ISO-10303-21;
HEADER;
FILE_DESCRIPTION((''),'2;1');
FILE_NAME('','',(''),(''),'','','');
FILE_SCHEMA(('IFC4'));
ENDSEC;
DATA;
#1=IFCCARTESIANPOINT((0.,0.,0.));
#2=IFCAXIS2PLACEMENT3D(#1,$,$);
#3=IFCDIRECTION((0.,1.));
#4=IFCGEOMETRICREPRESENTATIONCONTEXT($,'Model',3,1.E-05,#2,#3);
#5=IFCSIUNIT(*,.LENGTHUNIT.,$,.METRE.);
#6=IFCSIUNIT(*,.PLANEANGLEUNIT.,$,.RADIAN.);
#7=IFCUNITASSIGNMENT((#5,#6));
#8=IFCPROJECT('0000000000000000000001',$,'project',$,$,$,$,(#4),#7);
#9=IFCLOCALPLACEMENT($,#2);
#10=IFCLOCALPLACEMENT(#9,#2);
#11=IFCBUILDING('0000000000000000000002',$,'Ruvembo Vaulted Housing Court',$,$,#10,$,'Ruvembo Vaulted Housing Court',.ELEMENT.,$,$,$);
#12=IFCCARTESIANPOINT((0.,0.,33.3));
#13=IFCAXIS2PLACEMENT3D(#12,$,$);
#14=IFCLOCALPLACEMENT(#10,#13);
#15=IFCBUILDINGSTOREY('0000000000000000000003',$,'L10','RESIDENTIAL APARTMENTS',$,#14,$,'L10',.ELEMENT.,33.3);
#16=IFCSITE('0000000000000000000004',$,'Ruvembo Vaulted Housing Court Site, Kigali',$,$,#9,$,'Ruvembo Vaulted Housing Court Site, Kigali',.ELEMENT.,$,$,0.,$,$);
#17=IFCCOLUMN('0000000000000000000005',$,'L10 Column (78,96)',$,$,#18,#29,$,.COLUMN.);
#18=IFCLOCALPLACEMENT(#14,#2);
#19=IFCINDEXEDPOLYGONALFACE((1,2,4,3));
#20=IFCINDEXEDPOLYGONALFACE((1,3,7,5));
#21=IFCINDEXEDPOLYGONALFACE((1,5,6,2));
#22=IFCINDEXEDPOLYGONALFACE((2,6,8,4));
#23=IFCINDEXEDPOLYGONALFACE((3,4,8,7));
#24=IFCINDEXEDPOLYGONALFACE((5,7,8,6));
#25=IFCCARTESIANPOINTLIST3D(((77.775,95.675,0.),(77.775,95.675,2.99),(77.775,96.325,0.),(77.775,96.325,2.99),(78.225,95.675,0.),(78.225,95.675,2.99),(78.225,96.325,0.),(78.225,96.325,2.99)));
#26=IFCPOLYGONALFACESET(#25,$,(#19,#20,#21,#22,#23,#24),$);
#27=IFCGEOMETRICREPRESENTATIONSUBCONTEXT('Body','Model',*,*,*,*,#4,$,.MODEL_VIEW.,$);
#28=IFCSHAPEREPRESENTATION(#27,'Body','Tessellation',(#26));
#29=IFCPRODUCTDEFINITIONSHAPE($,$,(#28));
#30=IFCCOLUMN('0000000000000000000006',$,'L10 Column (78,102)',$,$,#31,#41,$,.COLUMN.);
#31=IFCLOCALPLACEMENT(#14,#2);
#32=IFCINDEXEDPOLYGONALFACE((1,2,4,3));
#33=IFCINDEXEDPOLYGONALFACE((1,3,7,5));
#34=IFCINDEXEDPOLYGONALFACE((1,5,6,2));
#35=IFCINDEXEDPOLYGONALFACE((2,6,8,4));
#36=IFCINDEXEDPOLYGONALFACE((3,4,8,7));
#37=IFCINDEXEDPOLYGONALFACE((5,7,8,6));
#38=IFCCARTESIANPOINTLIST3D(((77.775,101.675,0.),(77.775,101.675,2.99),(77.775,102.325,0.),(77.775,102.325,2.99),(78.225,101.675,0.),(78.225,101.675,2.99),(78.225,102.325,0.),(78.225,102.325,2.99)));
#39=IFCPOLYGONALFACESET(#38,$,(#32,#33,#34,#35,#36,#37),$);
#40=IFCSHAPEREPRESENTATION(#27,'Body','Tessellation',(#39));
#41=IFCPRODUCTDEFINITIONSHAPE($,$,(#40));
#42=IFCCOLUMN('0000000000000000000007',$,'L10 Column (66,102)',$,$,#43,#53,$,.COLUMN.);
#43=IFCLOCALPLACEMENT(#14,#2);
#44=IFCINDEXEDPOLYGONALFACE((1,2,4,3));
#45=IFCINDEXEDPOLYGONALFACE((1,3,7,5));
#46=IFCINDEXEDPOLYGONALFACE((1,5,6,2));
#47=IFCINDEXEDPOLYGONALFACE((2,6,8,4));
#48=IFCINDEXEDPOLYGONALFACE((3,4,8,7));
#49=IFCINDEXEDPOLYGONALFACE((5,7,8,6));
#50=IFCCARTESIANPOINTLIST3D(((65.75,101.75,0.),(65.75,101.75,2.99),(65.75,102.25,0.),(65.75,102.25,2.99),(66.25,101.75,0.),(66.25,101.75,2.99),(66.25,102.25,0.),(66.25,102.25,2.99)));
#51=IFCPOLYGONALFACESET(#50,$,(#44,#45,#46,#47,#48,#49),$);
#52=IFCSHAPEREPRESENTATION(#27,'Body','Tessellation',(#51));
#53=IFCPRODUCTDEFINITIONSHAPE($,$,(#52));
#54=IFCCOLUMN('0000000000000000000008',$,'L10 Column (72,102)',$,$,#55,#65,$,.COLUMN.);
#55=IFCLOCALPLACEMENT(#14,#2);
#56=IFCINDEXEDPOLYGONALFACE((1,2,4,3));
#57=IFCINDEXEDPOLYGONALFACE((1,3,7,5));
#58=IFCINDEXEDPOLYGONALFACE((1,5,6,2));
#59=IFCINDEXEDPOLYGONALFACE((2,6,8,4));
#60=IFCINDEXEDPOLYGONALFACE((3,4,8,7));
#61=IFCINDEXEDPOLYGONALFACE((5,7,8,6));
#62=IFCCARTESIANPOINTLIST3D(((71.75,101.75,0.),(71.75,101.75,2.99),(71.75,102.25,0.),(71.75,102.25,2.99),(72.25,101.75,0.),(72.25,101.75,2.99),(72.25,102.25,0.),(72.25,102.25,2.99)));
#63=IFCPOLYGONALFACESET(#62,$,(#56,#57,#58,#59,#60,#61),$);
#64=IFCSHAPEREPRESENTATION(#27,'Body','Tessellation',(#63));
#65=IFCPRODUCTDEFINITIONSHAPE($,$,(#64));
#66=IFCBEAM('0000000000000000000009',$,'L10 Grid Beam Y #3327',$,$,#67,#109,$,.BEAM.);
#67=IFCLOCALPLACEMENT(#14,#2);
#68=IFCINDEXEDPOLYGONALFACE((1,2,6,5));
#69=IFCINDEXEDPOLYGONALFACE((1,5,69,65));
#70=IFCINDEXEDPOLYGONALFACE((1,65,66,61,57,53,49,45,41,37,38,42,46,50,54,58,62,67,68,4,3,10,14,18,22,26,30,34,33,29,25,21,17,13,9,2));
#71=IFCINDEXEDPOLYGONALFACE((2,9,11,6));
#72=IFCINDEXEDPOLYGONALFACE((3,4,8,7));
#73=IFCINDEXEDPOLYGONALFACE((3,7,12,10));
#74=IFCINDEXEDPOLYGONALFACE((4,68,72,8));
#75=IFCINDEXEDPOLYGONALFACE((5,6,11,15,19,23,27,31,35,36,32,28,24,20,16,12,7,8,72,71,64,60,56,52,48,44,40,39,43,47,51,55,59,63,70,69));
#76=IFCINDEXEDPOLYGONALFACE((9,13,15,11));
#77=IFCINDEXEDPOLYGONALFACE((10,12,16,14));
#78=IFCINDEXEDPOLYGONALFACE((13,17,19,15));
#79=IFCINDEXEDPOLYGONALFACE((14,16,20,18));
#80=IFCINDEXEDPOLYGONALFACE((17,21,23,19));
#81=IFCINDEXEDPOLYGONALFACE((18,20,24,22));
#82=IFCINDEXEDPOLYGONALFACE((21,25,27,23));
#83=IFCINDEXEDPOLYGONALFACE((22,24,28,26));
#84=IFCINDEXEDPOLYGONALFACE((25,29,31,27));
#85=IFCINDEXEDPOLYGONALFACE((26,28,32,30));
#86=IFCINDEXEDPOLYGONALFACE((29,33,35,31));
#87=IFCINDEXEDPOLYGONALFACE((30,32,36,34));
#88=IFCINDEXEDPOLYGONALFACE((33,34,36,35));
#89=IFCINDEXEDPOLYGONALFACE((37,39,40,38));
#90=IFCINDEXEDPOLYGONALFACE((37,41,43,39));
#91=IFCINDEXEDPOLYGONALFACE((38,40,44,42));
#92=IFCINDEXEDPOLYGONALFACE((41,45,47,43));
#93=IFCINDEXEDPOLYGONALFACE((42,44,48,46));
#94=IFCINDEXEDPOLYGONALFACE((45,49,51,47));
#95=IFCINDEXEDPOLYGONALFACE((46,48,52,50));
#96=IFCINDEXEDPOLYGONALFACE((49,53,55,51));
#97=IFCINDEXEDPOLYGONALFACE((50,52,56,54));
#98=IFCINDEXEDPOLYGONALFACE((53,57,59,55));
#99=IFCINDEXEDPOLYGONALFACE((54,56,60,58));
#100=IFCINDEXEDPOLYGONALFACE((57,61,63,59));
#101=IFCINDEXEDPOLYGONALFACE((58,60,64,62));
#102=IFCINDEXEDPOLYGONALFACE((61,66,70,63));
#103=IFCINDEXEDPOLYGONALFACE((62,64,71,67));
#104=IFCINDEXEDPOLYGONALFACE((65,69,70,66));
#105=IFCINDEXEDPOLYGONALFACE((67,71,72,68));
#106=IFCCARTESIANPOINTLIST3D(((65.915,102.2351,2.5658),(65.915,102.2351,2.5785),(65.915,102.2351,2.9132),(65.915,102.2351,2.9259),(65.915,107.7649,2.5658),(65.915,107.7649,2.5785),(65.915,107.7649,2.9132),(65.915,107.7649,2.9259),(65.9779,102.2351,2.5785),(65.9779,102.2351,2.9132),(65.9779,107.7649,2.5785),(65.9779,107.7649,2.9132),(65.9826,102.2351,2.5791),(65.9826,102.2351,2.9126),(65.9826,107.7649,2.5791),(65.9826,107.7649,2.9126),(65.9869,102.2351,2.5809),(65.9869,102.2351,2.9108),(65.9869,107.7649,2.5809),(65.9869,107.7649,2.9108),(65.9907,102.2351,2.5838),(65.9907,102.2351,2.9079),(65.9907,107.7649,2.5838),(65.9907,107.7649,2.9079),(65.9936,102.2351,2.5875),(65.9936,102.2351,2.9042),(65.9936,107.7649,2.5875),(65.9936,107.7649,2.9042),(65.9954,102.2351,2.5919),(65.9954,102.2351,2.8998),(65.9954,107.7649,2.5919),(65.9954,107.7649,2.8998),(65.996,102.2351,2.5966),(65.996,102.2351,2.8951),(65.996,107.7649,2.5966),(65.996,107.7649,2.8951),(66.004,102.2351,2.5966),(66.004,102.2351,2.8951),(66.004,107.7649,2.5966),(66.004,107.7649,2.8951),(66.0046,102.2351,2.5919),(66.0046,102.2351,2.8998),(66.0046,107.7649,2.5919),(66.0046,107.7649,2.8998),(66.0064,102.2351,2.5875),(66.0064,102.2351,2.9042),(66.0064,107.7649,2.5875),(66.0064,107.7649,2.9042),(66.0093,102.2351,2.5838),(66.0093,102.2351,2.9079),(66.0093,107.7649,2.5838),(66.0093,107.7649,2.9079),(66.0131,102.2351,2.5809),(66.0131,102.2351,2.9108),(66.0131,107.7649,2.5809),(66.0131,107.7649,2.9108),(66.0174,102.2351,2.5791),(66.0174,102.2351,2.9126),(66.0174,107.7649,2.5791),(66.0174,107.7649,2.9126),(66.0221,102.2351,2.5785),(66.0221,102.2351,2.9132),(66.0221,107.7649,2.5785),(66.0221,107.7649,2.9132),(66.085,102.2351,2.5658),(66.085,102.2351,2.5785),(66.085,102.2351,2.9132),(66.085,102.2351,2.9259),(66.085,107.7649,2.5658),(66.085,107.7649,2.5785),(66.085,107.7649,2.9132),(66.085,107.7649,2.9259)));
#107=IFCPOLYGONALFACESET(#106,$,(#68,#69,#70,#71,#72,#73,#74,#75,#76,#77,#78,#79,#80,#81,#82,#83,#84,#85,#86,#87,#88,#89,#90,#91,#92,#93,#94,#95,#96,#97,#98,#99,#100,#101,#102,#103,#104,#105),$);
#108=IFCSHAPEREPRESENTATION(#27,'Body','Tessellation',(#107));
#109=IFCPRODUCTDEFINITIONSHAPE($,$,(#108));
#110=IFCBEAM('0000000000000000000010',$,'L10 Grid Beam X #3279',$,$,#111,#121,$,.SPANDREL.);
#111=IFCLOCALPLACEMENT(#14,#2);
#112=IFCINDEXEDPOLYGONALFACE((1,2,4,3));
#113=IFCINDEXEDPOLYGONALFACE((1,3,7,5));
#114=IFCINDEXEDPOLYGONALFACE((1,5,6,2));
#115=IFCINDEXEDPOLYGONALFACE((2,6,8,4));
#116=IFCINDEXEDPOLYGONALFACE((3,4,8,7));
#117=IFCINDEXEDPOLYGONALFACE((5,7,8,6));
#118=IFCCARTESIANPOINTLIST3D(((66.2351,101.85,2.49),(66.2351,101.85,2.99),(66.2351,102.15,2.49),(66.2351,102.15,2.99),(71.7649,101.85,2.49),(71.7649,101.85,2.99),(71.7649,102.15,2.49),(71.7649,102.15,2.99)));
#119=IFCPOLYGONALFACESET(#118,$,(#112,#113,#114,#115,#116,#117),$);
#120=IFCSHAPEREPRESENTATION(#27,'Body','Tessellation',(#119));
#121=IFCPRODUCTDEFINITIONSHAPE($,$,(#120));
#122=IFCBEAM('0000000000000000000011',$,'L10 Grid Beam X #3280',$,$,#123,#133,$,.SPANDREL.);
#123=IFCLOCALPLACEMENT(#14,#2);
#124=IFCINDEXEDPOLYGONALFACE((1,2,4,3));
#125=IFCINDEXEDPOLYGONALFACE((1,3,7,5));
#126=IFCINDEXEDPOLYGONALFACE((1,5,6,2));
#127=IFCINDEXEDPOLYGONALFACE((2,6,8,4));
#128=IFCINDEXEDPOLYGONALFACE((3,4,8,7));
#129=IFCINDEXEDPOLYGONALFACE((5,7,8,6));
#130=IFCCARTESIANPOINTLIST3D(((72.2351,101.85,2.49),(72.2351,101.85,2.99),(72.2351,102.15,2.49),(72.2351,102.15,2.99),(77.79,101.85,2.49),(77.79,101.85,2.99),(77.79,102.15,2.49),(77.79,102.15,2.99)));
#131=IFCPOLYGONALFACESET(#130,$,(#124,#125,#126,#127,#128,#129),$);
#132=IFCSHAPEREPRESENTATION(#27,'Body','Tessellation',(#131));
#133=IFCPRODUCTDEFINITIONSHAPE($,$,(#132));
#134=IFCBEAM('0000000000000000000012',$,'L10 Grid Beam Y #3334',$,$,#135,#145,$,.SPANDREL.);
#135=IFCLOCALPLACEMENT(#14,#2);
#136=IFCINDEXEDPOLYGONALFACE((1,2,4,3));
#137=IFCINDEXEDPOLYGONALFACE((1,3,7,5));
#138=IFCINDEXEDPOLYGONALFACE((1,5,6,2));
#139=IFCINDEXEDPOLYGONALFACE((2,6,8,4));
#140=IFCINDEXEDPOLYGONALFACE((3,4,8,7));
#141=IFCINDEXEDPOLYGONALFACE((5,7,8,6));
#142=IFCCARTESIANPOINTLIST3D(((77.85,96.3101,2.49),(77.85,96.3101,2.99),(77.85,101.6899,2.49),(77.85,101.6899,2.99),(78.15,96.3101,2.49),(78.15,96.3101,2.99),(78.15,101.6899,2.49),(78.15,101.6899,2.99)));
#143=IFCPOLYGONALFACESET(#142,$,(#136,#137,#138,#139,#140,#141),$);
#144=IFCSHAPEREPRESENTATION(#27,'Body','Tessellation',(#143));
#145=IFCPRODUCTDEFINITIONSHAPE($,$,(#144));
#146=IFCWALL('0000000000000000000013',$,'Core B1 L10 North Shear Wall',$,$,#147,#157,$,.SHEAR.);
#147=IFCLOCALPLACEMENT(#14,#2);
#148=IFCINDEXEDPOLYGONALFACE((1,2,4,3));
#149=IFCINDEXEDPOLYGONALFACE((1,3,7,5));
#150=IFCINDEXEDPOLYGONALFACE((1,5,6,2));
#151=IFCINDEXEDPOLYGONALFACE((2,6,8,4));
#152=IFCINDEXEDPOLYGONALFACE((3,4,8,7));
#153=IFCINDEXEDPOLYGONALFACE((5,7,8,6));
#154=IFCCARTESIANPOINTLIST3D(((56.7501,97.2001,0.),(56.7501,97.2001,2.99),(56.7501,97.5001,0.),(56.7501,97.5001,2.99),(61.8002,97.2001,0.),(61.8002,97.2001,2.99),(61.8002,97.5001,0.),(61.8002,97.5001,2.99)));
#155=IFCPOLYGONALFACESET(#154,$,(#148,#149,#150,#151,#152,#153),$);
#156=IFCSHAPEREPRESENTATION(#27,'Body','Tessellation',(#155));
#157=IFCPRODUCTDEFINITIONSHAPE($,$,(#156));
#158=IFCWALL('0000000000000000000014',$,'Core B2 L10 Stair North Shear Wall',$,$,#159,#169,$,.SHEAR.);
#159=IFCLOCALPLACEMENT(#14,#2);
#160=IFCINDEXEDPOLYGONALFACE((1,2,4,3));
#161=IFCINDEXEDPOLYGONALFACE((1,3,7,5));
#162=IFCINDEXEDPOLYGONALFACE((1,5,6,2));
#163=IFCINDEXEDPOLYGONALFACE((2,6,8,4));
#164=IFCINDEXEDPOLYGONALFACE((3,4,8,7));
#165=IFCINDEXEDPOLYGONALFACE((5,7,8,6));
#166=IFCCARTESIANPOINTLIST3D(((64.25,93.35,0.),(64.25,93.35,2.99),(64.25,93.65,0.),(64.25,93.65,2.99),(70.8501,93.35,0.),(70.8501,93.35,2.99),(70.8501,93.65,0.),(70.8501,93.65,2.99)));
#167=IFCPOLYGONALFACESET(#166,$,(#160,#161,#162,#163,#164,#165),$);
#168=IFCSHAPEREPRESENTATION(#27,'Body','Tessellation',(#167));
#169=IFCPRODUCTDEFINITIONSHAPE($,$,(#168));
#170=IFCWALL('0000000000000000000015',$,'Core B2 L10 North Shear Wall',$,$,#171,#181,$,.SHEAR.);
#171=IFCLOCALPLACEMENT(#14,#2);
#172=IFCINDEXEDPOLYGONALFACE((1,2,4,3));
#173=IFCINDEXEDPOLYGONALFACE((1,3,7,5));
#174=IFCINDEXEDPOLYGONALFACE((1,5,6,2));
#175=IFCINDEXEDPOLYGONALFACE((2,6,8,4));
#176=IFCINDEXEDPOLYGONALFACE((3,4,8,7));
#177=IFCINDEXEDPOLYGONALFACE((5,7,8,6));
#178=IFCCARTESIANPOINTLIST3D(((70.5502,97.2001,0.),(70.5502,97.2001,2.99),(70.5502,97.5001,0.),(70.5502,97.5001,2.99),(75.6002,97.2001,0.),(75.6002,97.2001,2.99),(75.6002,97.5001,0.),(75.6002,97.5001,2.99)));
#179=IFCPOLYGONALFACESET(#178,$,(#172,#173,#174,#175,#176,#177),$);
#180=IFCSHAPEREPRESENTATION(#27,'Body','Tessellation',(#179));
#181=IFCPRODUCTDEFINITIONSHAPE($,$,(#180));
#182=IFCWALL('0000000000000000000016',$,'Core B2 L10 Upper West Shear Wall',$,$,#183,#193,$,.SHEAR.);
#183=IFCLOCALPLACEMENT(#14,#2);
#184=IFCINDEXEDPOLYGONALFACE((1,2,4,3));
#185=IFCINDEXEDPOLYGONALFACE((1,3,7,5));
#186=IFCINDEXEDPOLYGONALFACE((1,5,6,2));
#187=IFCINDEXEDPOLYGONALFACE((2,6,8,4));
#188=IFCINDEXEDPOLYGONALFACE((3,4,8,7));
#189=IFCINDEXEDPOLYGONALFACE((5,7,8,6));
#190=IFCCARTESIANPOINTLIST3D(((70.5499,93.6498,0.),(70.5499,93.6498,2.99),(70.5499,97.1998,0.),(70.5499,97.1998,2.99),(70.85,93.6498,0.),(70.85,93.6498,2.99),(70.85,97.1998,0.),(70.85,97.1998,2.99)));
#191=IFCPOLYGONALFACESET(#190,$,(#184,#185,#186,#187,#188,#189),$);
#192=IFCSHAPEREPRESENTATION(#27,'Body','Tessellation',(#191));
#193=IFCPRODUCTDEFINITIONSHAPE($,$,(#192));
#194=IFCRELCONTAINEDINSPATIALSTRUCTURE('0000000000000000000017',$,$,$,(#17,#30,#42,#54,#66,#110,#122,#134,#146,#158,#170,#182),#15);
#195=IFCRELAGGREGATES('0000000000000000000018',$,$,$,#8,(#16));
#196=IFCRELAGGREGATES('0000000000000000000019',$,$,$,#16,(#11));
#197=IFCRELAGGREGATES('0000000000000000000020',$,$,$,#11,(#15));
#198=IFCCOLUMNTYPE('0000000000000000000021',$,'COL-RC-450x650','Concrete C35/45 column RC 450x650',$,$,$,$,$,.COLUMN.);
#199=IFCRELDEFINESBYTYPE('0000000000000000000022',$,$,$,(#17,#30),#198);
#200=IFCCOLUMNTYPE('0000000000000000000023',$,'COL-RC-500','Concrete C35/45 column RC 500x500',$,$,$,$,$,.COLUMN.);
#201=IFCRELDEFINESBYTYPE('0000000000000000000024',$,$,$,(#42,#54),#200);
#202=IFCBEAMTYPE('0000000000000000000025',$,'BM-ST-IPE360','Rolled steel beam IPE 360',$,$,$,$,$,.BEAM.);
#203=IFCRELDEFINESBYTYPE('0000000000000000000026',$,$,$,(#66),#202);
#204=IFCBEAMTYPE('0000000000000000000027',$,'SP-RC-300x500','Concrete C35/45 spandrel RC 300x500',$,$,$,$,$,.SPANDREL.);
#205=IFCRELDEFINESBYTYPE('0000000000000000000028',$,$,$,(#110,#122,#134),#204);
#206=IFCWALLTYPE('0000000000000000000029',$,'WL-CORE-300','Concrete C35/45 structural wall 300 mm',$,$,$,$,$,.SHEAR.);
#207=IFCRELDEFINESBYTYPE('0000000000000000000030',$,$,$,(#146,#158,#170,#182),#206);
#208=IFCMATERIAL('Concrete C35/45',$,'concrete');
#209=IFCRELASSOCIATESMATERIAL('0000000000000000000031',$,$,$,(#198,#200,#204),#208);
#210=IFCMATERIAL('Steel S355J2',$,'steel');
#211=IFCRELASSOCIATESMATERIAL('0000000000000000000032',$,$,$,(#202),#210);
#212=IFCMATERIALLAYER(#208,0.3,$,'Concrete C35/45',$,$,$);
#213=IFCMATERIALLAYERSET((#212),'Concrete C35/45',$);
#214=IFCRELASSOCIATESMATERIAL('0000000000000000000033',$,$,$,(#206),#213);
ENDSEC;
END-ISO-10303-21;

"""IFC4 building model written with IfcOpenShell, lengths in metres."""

from ifc_helpers import new_model, si_unit, direction, frame, frame_2d, origin, origin_2d, place, context, subcontext, project, spatial, rectangle, i_section, extrude, material, layer, layer_set, material_profile, profile_set, type_object, element, save


model = new_model("IFC4")

# Units and contexts
model_context = context("Model", 3, precision=1e-05, world=origin(), true_north=direction((0.0, 1.0)))
body_context = subcontext(model_context, "Body", "Model", "MODEL_VIEW")
ifc_project = project(units=[si_unit("LENGTHUNIT", "METRE"), si_unit("PLANEANGLEUNIT", "RADIAN")], contexts=[model_context])

# Site, building, storey
site_placement = place(None, origin())
site = spatial("IfcSite", under=ifc_project, at=site_placement, Name="Ruvembo Vaulted Housing Court Site, Kigali", LongName="Ruvembo Vaulted Housing Court Site, Kigali", CompositionType="ELEMENT", RefElevation=0.0)
building_placement = place(site_placement, origin())
building = spatial("IfcBuilding", under=site, at=building_placement, Name="Ruvembo Vaulted Housing Court", LongName="Ruvembo Vaulted Housing Court", CompositionType="ELEMENT")
storey_placement = place(building_placement, frame((0.0, 0.0, 33.3)))
storey = spatial("IfcBuildingStorey", under=building, at=storey_placement, Name="L10", Description="RESIDENTIAL APARTMENTS", LongName="L10", CompositionType="ELEMENT", Elevation=33.3)

# Columns
ifc_material_1 = material(Name="Concrete C35/45", Category="concrete")
ifc_material_profile_1 = material_profile(ifc_material_1, rectangle(XDim=0.45, YDim=0.6499, at=origin_2d()), Name="RC 450x650")
ifc_profile_set_1 = profile_set([ifc_material_profile_1], Name="Concrete C35/45")
column_type_1 = type_object("IfcColumnType", Name="COL-RC-450x650", Description="Concrete C35/45 column RC 450x650", PredefinedType="COLUMN", material=ifc_profile_set_1)
for number, where, z_axis, x_axis, name in (
    (1, (78.0, 96.0, 0.0), (0.0, 0.0, 1.0), (1.0, 0.0, 0.0), "L10 Column (78,96)"),
    (2, (78.0, 102.0, 0.0), (0.0, 0.0, 1.0), (1.0, 0.0, 0.0), "L10 Column (78,102)"),
):
    element("IfcColumn", number, at=place(storey_placement, frame(where, z_axis=z_axis, x_axis=x_axis)), inside=storey, type_object=column_type_1, Name=name, PredefinedType="COLUMN", context=body_context, shape_type="SweptSolid", body=[
        extrude(rectangle(XDim=0.45, YDim=0.6499, at=origin_2d()), origin(), (0.0, 0.0, 1.0), 2.99),
    ])
ifc_material_profile_2 = material_profile(ifc_material_1, rectangle(XDim=0.5, YDim=0.5, at=origin_2d()), Name="RC 500x500")
ifc_profile_set_2 = profile_set([ifc_material_profile_2], Name="Concrete C35/45")
column_type_2 = type_object("IfcColumnType", Name="COL-RC-500", Description="Concrete C35/45 column RC 500x500", PredefinedType="COLUMN", material=ifc_profile_set_2)
for number, where, z_axis, x_axis, name in (
    (3, (66.0, 102.0, 0.0), (0.0, 0.0, 1.0), (1.0, 0.0, 0.0), "L10 Column (66,102)"),
    (4, (72.0, 102.0, 0.0), (0.0, 0.0, 1.0), (1.0, 0.0, 0.0), "L10 Column (72,102)"),
):
    element("IfcColumn", number, at=place(storey_placement, frame(where, z_axis=z_axis, x_axis=x_axis)), inside=storey, type_object=column_type_2, Name=name, PredefinedType="COLUMN", context=body_context, shape_type="SweptSolid", body=[
        extrude(rectangle(XDim=0.5, YDim=0.5, at=origin_2d()), origin(), (0.0, 0.0, 1.0), 2.99),
    ])

# Beams
ifc_material_2 = material(Name="Steel S355J2", Category="steel")
ifc_material_profile_3 = material_profile(ifc_material_2, i_section(OverallWidth=0.1699, OverallDepth=0.3601, WebThickness=0.0081, FlangeThickness=0.0127, FilletRadius=0.0181, at=origin_2d()), Name="IPE 360")
ifc_profile_set_3 = profile_set([ifc_material_profile_3], Name="Steel S355J2")
beam_type_1 = type_object("IfcBeamType", Name="BM-ST-IPE360", Description="Rolled steel beam IPE 360", PredefinedType="BEAM", material=ifc_profile_set_3)
beam_1_placement = place(storey_placement, frame((66.0, 102.2351, 2.7458), z_axis=(0.0, 1.0, 0.0), x_axis=(-1.0, 0.0, 0.0)))
element("IfcBeam", 5, at=beam_1_placement, inside=storey, type_object=beam_type_1, Name="L10 Grid Beam Y #3327", PredefinedType="BEAM", context=body_context, shape_type="SweptSolid", body=[
    extrude(i_section(OverallWidth=0.1699, OverallDepth=0.3601, WebThickness=0.0081, FlangeThickness=0.0127, FilletRadius=0.0181, at=origin_2d()), origin(), (0.0, 0.0, 1.0), 5.5298),
])
ifc_material_profile_4 = material_profile(ifc_material_1, rectangle(XDim=0.3, YDim=0.5, at=origin_2d()), Name="RC 300x500")
ifc_profile_set_4 = profile_set([ifc_material_profile_4], Name="Concrete C35/45")
beam_type_2 = type_object("IfcBeamType", Name="SP-RC-300x500", Description="Concrete C35/45 spandrel RC 300x500", PredefinedType="SPANDREL", material=ifc_profile_set_4)
beam_2_placement = place(storey_placement, frame((66.2351, 102.0, 2.74), z_axis=(1.0, 0.0, 0.0), x_axis=(0.0, 1.0, 0.0)))
element("IfcBeam", 6, at=beam_2_placement, inside=storey, type_object=beam_type_2, Name="L10 Grid Beam X #3279", PredefinedType="SPANDREL", context=body_context, shape_type="SweptSolid", body=[
    extrude(rectangle(XDim=0.3, YDim=0.5, at=origin_2d()), origin(), (0.0, 0.0, 1.0), 5.5298),
])
beam_3_placement = place(storey_placement, frame((72.2351, 102.0, 2.74), z_axis=(1.0, 0.0, 0.0), x_axis=(0.0, 1.0, 0.0)))
element("IfcBeam", 7, at=beam_3_placement, inside=storey, type_object=beam_type_2, Name="L10 Grid Beam X #3280", PredefinedType="SPANDREL", context=body_context, shape_type="SweptSolid", body=[
    extrude(rectangle(XDim=0.3, YDim=0.5, at=origin_2d()), origin(), (0.0, 0.0, 1.0), 5.5549),
])
beam_4_placement = place(storey_placement, frame((78.0, 96.3101, 2.74), z_axis=(0.0, 1.0, 0.0), x_axis=(-1.0, 0.0, 0.0)))
element("IfcBeam", 8, at=beam_4_placement, inside=storey, type_object=beam_type_2, Name="L10 Grid Beam Y #3334", PredefinedType="SPANDREL", context=body_context, shape_type="SweptSolid", body=[
    extrude(rectangle(XDim=0.3, YDim=0.5, at=origin_2d()), origin(), (0.0, 0.0, 1.0), 5.3799),
])

# Walls
ifc_layer_1 = layer(ifc_material_1, 0.3, Name="Concrete C35/45")
ifc_layer_set_1 = layer_set([ifc_layer_1], Name="Concrete C35/45")
wall_type_1 = type_object("IfcWallType", Name="WL-CORE-300", Description="Concrete C35/45 structural wall 300 mm", PredefinedType="SHEAR", material=ifc_layer_set_1)
wall_1_placement = place(storey_placement, frame((61.8, 97.3501, 0.0), z_axis=(0.0, 0.0, 1.0), x_axis=(-1.0, 0.0, 0.0)))
element("IfcWall", 9, at=wall_1_placement, inside=storey, type_object=wall_type_1, Name="Core B1 L10 North Shear Wall", PredefinedType="SHEAR", context=body_context, shape_type="SweptSolid", body=[
    extrude(rectangle(XDim=5.05, YDim=0.3, at=frame_2d((2.5249, 0.0))), origin(), (0.0, 0.0, 1.0), 2.99),
])
wall_2_placement = place(storey_placement, frame((70.8501, 93.5, 0.0), z_axis=(0.0, 0.0, 1.0), x_axis=(-1.0, 0.0, 0.0)))
element("IfcWall", 10, at=wall_2_placement, inside=storey, type_object=wall_type_1, Name="Core B2 L10 Stair North Shear Wall", PredefinedType="SHEAR", context=body_context, shape_type="SweptSolid", body=[
    extrude(rectangle(XDim=6.6001, YDim=0.3, at=frame_2d((3.3, 0.0))), origin(), (0.0, 0.0, 1.0), 2.99),
])
wall_3_placement = place(storey_placement, frame((75.6001, 97.3501, 0.0), z_axis=(0.0, 0.0, 1.0), x_axis=(-1.0, 0.0, 0.0)))
element("IfcWall", 11, at=wall_3_placement, inside=storey, type_object=wall_type_1, Name="Core B2 L10 North Shear Wall", PredefinedType="SHEAR", context=body_context, shape_type="SweptSolid", body=[
    extrude(rectangle(XDim=5.05, YDim=0.3, at=frame_2d((2.5249, 0.0))), origin(), (0.0, 0.0, 1.0), 2.99),
])
wall_4_placement = place(storey_placement, frame((70.7, 93.6499, 0.0), z_axis=(0.0, 0.0, 1.0), x_axis=(0.0, 1.0, 0.0)))
element("IfcWall", 12, at=wall_4_placement, inside=storey, type_object=wall_type_1, Name="Core B2 L10 Upper West Shear Wall", PredefinedType="SHEAR", context=body_context, shape_type="SweptSolid", body=[
    extrude(rectangle(XDim=3.55, YDim=0.3, at=frame_2d((1.7749, 0.0))), origin(), (0.0, 0.0, 1.0), 2.99),
])

save(model, "model.ifc")
